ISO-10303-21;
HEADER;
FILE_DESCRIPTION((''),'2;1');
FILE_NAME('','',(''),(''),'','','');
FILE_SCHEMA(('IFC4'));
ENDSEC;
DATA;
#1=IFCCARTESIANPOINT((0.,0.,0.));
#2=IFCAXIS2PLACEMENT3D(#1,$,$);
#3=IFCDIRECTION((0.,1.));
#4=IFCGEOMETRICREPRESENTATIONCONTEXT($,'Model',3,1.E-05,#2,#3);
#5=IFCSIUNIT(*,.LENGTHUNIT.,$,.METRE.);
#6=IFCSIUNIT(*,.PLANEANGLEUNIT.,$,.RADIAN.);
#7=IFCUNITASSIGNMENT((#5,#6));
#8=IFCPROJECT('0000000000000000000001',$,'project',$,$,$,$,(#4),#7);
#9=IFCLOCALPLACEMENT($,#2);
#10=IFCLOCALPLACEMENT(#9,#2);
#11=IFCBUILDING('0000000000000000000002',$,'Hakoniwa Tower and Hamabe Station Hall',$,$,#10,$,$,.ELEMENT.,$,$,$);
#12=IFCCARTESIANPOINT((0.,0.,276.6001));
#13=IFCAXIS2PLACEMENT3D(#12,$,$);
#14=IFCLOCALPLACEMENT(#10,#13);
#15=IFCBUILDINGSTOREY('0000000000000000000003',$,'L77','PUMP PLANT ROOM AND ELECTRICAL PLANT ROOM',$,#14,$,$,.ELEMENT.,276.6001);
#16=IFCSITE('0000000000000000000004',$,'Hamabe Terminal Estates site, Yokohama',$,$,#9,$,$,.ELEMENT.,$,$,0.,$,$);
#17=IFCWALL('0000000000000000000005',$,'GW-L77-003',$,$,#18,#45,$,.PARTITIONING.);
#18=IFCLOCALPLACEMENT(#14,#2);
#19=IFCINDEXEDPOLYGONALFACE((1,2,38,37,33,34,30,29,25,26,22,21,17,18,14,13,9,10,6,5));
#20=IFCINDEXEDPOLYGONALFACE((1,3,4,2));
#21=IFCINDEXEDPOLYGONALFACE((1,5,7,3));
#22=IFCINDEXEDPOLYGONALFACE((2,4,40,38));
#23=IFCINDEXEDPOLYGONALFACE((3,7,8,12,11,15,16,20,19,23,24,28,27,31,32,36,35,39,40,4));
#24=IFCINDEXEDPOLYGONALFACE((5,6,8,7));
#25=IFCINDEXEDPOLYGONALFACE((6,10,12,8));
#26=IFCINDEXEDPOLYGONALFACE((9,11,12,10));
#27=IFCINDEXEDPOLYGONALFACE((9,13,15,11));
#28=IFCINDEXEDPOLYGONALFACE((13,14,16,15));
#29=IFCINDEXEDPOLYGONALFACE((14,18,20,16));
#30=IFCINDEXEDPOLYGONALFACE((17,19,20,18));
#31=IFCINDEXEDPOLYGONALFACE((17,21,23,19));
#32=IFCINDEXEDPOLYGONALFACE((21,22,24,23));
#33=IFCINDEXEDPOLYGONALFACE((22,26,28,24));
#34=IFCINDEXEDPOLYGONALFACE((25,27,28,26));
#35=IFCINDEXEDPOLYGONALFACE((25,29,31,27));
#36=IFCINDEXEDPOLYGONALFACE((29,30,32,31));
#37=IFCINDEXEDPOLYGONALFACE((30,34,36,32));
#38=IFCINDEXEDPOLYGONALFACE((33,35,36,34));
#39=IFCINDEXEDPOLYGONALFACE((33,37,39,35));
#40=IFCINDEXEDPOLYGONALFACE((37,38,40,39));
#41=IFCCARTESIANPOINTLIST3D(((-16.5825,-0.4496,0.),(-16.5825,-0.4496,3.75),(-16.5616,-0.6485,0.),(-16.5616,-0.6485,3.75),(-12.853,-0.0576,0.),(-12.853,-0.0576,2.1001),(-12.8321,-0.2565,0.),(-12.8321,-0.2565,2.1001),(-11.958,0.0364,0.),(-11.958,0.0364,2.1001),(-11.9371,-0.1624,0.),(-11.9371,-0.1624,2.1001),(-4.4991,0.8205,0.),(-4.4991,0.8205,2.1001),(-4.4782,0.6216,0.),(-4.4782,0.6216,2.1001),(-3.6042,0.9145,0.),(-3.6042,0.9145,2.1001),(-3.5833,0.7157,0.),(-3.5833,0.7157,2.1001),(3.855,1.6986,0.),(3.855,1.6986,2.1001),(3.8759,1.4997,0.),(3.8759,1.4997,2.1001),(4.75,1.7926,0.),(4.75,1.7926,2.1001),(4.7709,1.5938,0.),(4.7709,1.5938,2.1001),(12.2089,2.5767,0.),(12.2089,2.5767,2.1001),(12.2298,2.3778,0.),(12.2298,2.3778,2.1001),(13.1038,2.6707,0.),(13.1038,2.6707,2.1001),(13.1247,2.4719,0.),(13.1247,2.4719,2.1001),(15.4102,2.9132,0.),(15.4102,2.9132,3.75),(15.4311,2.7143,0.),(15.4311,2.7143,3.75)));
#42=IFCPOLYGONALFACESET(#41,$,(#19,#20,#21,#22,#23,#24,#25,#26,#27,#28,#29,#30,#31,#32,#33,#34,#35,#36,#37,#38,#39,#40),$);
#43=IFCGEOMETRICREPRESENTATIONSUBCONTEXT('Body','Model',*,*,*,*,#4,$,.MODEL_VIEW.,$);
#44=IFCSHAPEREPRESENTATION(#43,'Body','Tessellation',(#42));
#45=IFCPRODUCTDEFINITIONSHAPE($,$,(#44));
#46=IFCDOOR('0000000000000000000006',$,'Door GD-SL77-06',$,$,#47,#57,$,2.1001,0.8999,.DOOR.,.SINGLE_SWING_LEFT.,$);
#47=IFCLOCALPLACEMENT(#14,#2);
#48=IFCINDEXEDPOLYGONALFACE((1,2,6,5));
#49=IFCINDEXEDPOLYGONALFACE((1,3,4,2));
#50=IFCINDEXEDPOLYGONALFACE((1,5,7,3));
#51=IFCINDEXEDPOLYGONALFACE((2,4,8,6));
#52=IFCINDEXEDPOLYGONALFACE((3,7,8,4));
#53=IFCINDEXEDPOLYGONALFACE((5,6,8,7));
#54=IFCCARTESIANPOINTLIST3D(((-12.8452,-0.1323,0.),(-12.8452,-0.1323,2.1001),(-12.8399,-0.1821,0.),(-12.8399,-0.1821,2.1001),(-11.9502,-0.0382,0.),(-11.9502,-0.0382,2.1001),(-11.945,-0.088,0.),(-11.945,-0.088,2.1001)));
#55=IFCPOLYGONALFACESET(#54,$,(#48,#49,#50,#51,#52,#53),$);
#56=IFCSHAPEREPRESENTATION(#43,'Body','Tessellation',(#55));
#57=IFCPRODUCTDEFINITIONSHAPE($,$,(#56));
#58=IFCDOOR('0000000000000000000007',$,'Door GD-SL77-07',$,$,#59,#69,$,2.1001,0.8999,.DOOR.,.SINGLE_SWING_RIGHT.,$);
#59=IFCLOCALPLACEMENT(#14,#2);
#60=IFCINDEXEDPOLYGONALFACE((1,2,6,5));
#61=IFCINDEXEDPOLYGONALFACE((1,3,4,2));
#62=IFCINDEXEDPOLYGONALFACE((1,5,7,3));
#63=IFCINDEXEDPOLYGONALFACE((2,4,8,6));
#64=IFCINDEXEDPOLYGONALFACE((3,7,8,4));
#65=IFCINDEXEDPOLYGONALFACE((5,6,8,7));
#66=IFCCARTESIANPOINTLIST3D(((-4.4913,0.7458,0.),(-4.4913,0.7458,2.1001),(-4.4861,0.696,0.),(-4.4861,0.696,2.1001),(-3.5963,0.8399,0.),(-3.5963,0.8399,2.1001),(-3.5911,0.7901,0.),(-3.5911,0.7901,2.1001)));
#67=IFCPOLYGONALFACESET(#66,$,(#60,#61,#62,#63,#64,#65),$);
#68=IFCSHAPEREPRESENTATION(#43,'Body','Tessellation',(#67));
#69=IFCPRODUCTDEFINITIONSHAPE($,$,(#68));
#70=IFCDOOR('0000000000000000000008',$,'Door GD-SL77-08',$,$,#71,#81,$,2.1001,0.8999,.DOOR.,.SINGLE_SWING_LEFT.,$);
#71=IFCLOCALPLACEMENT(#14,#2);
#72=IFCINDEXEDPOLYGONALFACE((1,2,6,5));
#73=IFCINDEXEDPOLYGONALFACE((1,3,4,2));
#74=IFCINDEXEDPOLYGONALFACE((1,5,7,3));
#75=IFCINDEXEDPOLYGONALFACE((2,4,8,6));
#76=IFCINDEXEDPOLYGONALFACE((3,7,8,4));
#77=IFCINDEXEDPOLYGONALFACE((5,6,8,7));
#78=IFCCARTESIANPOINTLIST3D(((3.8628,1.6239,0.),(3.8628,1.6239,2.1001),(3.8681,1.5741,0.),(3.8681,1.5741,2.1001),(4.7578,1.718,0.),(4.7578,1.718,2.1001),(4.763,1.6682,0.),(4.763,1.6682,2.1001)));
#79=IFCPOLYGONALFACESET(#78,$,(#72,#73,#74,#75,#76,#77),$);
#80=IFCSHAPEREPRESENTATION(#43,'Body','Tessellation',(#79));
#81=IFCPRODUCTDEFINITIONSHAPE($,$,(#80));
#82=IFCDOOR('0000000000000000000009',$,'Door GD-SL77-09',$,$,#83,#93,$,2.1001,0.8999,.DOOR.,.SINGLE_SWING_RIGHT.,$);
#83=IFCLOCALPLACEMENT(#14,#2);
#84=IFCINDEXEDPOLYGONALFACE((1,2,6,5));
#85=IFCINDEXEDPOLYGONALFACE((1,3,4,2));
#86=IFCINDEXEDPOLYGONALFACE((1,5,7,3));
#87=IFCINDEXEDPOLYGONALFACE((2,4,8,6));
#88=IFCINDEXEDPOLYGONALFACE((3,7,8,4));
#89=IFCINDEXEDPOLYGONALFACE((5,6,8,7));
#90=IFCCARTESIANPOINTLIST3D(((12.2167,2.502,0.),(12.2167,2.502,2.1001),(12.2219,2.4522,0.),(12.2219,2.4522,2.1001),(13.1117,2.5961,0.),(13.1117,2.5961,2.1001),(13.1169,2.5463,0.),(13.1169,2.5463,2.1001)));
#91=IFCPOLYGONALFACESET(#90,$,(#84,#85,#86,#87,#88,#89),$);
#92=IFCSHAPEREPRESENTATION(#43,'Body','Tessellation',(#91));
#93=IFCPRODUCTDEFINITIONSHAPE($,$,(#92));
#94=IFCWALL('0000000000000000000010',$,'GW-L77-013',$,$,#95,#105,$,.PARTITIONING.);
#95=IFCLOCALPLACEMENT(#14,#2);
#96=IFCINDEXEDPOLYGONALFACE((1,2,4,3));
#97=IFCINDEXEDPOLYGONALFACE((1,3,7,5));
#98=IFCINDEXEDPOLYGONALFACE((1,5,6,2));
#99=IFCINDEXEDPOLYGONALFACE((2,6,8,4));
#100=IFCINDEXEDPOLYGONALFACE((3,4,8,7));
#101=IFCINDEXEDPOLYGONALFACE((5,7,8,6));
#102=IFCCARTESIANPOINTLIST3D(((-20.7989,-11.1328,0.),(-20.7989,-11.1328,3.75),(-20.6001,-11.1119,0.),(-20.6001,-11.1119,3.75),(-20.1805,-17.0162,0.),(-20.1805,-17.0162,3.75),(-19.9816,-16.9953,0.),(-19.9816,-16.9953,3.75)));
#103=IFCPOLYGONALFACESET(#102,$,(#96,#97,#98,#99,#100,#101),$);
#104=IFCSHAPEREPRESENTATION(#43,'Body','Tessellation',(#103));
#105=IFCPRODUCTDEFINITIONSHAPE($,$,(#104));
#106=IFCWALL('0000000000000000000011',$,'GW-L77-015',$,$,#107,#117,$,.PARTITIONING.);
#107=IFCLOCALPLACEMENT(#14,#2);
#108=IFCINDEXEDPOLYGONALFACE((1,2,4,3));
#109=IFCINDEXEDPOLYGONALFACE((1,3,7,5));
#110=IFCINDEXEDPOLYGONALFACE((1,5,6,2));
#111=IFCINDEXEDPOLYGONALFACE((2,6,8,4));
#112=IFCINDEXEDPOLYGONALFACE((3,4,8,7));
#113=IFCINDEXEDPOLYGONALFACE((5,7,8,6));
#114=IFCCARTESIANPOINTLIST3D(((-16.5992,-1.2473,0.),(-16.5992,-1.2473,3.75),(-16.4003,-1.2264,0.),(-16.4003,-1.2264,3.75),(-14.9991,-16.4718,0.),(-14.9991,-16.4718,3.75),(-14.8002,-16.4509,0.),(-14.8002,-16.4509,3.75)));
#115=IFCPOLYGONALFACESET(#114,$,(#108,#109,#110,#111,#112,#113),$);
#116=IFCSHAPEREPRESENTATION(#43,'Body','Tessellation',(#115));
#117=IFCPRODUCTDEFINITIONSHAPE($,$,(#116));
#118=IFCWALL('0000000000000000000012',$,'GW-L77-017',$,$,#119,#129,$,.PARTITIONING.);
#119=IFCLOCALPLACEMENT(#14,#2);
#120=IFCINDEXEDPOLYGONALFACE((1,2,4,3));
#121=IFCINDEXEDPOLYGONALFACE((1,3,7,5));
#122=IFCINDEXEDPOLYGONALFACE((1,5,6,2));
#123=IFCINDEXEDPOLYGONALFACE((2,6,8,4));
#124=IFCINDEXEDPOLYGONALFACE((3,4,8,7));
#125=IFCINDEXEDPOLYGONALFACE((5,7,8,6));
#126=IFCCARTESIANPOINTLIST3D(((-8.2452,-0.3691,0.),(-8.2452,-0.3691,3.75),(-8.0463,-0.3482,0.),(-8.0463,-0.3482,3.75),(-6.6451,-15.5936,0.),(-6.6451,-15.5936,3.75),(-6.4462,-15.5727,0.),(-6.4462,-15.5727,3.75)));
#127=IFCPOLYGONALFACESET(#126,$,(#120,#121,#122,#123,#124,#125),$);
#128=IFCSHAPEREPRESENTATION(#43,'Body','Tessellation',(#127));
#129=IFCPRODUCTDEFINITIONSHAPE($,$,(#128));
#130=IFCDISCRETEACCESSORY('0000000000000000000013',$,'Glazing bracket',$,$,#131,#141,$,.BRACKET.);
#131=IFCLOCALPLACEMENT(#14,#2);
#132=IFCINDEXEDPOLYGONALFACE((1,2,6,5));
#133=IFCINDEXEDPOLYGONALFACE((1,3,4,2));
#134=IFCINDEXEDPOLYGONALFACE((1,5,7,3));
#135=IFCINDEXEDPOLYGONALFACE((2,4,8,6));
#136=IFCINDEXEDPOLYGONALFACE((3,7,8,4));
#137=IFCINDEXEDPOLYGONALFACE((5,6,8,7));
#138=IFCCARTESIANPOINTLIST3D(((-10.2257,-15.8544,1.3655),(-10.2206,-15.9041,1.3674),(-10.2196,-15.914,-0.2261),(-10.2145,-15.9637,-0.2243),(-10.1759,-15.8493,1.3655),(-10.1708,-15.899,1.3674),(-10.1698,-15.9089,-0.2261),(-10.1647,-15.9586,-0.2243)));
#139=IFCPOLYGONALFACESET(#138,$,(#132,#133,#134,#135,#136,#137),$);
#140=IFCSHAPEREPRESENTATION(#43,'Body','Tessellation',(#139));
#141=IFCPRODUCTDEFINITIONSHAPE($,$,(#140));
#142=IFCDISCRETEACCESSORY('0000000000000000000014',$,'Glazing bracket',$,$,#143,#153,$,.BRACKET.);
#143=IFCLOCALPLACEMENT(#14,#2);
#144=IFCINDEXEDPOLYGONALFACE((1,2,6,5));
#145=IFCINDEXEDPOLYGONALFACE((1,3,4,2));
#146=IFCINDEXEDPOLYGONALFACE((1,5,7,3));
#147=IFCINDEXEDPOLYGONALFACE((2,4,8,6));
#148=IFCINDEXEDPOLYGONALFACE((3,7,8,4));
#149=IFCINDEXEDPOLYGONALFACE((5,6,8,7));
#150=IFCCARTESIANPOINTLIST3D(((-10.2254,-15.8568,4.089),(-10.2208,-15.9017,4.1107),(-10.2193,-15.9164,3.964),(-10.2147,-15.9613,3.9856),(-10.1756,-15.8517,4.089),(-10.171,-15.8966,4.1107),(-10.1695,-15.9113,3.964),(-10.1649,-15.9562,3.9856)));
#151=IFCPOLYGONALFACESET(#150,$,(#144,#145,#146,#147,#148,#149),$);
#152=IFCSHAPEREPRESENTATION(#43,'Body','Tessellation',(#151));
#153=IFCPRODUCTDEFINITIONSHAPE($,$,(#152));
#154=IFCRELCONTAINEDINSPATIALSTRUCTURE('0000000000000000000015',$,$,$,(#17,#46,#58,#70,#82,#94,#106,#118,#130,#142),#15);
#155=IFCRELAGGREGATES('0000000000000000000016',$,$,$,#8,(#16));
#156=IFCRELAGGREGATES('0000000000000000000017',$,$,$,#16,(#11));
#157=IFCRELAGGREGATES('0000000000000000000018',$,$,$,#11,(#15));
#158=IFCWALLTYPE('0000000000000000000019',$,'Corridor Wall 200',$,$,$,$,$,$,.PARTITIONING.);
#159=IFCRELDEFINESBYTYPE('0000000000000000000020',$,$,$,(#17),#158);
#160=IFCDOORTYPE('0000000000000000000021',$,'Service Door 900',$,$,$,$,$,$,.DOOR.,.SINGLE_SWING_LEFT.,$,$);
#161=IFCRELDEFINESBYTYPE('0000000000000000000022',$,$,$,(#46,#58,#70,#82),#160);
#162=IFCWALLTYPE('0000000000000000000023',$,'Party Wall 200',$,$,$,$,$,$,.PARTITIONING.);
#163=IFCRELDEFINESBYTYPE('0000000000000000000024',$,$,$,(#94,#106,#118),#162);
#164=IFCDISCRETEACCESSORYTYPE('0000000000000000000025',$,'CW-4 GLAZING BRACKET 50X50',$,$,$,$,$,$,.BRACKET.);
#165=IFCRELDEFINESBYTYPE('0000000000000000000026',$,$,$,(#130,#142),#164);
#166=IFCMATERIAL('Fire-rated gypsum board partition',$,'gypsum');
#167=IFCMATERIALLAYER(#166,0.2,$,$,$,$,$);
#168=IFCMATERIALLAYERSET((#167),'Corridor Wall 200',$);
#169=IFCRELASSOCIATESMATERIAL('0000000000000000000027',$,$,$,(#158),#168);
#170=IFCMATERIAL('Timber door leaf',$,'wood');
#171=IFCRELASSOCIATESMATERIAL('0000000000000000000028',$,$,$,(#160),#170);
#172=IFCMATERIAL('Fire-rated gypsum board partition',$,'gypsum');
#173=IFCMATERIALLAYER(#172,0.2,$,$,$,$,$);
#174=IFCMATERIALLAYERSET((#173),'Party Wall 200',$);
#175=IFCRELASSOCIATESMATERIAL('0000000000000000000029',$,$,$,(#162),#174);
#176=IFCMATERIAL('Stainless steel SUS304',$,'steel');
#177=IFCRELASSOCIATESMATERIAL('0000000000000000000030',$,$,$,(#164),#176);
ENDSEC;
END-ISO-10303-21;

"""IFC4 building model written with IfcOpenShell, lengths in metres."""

from ifc_helpers import new_model, si_unit, direction, frame, frame_2d, origin, origin_2d, place, context, subcontext, project, spatial, rectangle, extrude, material, layer, layer_set, material_profile, profile_set, type_object, element, fill, save


model = new_model("IFC4")

# Units and contexts
model_context = context("Model", 3, precision=1e-05, world=origin(), true_north=direction((0.0, 1.0)))
body_context = subcontext(model_context, "Body", "Model", "MODEL_VIEW")
ifc_project = project(units=[si_unit("LENGTHUNIT", "METRE"), si_unit("PLANEANGLEUNIT", "RADIAN")], contexts=[model_context])

# Site, building, storey
site_placement = place(None, origin())
site = spatial("IfcSite", under=ifc_project, at=site_placement, Name="Hamabe Terminal Estates site, Yokohama", CompositionType="ELEMENT", RefElevation=0.0)
building_placement = place(site_placement, origin())
building = spatial("IfcBuilding", under=site, at=building_placement, Name="Hakoniwa Tower and Hamabe Station Hall", CompositionType="ELEMENT")
storey_placement = place(building_placement, frame((0.0, 0.0, 276.6001)))
storey = spatial("IfcBuildingStorey", under=building, at=storey_placement, Name="L77", Description="PUMP PLANT ROOM AND ELECTRICAL PLANT ROOM", CompositionType="ELEMENT", Elevation=276.6001)

# Wall, openings, doors
ifc_material_1 = material(Name="Fire-rated gypsum board partition", Category="gypsum")
ifc_layer_1 = layer(ifc_material_1, 0.2)
ifc_layer_set_1 = layer_set([ifc_layer_1], Name="Corridor Wall 200")
wall_type_1 = type_object("IfcWallType", Name="Corridor Wall 200", PredefinedType="PARTITIONING", material=ifc_layer_set_1)
wall_1_placement = place(storey_placement, frame((-16.572, -0.5491, 0.0), z_axis=(0.0, 0.0, 1.0), x_axis=(0.994521, 0.104535, 0.0)))
wall_1 = element("IfcWall", 1, at=wall_1_placement, inside=storey, type_object=wall_type_1, Name="GW-L77-003", PredefinedType="PARTITIONING", context=body_context, shape_type="SweptSolid", body=[
    extrude(rectangle(XDim=32.1689, YDim=0.2, at=frame_2d((16.0845, 0.0))), origin(), (0.0, 0.0, 1.0), 3.75),
])
opening_1_placement = place(wall_1_placement, frame((3.75, 0.0, 0.0)))
opening_1 = element("IfcOpeningElement", 2, at=opening_1_placement, cuts=wall_1, PredefinedType="OPENING", context=body_context, shape_type="SweptSolid", body=[
    extrude(rectangle(XDim=0.8999, YDim=2.1001, at=frame_2d((0.45, 1.05))), frame((0.0, 0.1099, 0.0), z_axis=(0.0, -1.0, 0.0), x_axis=(1.0, 0.0, 0.0)), (0.0, 0.0, 1.0), 0.22),
])
opening_2_placement = place(wall_1_placement, frame((12.1499, 0.0, 0.0)))
opening_2 = element("IfcOpeningElement", 3, at=opening_2_placement, cuts=wall_1, PredefinedType="OPENING", context=body_context, shape_type="SweptSolid", body=[
    extrude(rectangle(XDim=0.8999, YDim=2.1001, at=frame_2d((0.45, 1.05))), frame((0.0, 0.1099, 0.0), z_axis=(0.0, -1.0, 0.0), x_axis=(1.0, 0.0, 0.0)), (0.0, 0.0, 1.0), 0.22),
])
opening_3_placement = place(wall_1_placement, frame((20.55, 0.0, 0.0)))
opening_3 = element("IfcOpeningElement", 4, at=opening_3_placement, cuts=wall_1, PredefinedType="OPENING", context=body_context, shape_type="SweptSolid", body=[
    extrude(rectangle(XDim=0.8999, YDim=2.1001, at=frame_2d((0.45, 1.05))), frame((0.0, 0.1099, 0.0), z_axis=(0.0, -1.0, 0.0), x_axis=(1.0, 0.0, 0.0)), (0.0, 0.0, 1.0), 0.22),
])
opening_4_placement = place(wall_1_placement, frame((28.95, 0.0, 0.0)))
opening_4 = element("IfcOpeningElement", 5, at=opening_4_placement, cuts=wall_1, PredefinedType="OPENING", context=body_context, shape_type="SweptSolid", body=[
    extrude(rectangle(XDim=0.8999, YDim=2.1001, at=frame_2d((0.45, 1.05))), frame((0.0, 0.1099, 0.0), z_axis=(0.0, -1.0, 0.0), x_axis=(1.0, 0.0, 0.0)), (0.0, 0.0, 1.0), 0.22),
])
ifc_material_2 = material(Name="Timber door leaf", Category="wood")
door_type_1 = type_object("IfcDoorType", Name="Service Door 900", OperationType="SINGLE_SWING_LEFT", PredefinedType="DOOR", material=ifc_material_2)
door_1_placement = place(opening_1_placement, origin())
door_1 = element("IfcDoor", 6, at=door_1_placement, inside=storey, type_object=door_type_1, Name="Door GD-SL77-06", OperationType="SINGLE_SWING_LEFT", OverallHeight=2.1001, OverallWidth=0.8999, PredefinedType="DOOR", context=body_context, shape_type="SweptSolid", body=[
    extrude(rectangle(XDim=0.8999, YDim=2.1001, at=frame_2d((0.45, 1.05))), frame((0.0, 0.0249, 0.0), z_axis=(0.0, -1.0, 0.0), x_axis=(1.0, 0.0, 0.0)), (0.0, 0.0, 1.0), 0.05),
])
fill(opening_1, door_1)
door_2_placement = place(opening_2_placement, origin())
door_2 = element("IfcDoor", 7, at=door_2_placement, inside=storey, type_object=door_type_1, Name="Door GD-SL77-07", OperationType="SINGLE_SWING_RIGHT", OverallHeight=2.1001, OverallWidth=0.8999, PredefinedType="DOOR", context=body_context, shape_type="SweptSolid", body=[
    extrude(rectangle(XDim=0.8999, YDim=2.1001, at=frame_2d((0.45, 1.05))), frame((0.0, 0.0249, 0.0), z_axis=(0.0, -1.0, 0.0), x_axis=(1.0, 0.0, 0.0)), (0.0, 0.0, 1.0), 0.05),
])
fill(opening_2, door_2)
door_3_placement = place(opening_3_placement, origin())
door_3 = element("IfcDoor", 8, at=door_3_placement, inside=storey, type_object=door_type_1, Name="Door GD-SL77-08", OperationType="SINGLE_SWING_LEFT", OverallHeight=2.1001, OverallWidth=0.8999, PredefinedType="DOOR", context=body_context, shape_type="SweptSolid", body=[
    extrude(rectangle(XDim=0.8999, YDim=2.1001, at=frame_2d((0.45, 1.05))), frame((0.0, 0.0249, 0.0), z_axis=(0.0, -1.0, 0.0), x_axis=(1.0, 0.0, 0.0)), (0.0, 0.0, 1.0), 0.05),
])
fill(opening_3, door_3)
door_4_placement = place(opening_4_placement, origin())
door_4 = element("IfcDoor", 9, at=door_4_placement, inside=storey, type_object=door_type_1, Name="Door GD-SL77-09", OperationType="SINGLE_SWING_RIGHT", OverallHeight=2.1001, OverallWidth=0.8999, PredefinedType="DOOR", context=body_context, shape_type="SweptSolid", body=[
    extrude(rectangle(XDim=0.8999, YDim=2.1001, at=frame_2d((0.45, 1.05))), frame((0.0, 0.0249, 0.0), z_axis=(0.0, -1.0, 0.0), x_axis=(1.0, 0.0, 0.0)), (0.0, 0.0, 1.0), 0.05),
])
fill(opening_4, door_4)

# Walls
ifc_material_3 = material(Name="Fire-rated gypsum board partition", Category="gypsum")
ifc_layer_2 = layer(ifc_material_3, 0.2)
ifc_layer_set_2 = layer_set([ifc_layer_2], Name="Party Wall 200")
wall_type_2 = type_object("IfcWallType", Name="Party Wall 200", PredefinedType="PARTITIONING", material=ifc_layer_set_2)
wall_2_placement = place(storey_placement, frame((-20.0811, -17.0059, 0.0), z_axis=(0.0, 0.0, 1.0), x_axis=(-0.104537, 0.994521, 0.0)))
element("IfcWall", 10, at=wall_2_placement, inside=storey, type_object=wall_type_2, Name="GW-L77-013", PredefinedType="PARTITIONING", context=body_context, shape_type="SweptSolid", body=[
    extrude(rectangle(XDim=5.9158, YDim=0.2, at=frame_2d((2.958, 0.0))), origin(), (0.0, 0.0, 1.0), 3.75),
])
for number, where, z_axis, x_axis, name in (
    (11, (-14.8997, -16.4614, 0.0), (0.0, 0.0, 1.0), (-0.104524, 0.994522, 0.0), "GW-L77-015"),
    (12, (-6.5457, -15.5833, 0.0), (0.0, 0.0, 1.0), (-0.104524, 0.994522, 0.0), "GW-L77-017"),
):
    element("IfcWall", number, at=place(storey_placement, frame(where, z_axis=z_axis, x_axis=x_axis)), inside=storey, type_object=wall_type_2, Name=name, PredefinedType="PARTITIONING", context=body_context, shape_type="SweptSolid", body=[
        extrude(rectangle(XDim=15.3083, YDim=0.2, at=frame_2d((7.6543, 0.0))), origin(), (0.0, 0.0, 1.0), 3.75),
    ])

# Discrete accessories
ifc_material_4 = material(Name="Stainless steel SUS304", Category="steel")
ifc_material_profile_1 = material_profile(ifc_material_4, rectangle(XDim=0.05, YDim=0.05, at=origin_2d()), Name="CW-4 GLAZING BRACKET 50X50")
ifc_profile_set_1 = profile_set([ifc_material_profile_1], Name="Stainless steel SUS304")
discrete_accessory_type = type_object("IfcDiscreteAccessoryType", Name="CW-4 GLAZING BRACKET 50X50", PredefinedType="BRACKET", material=ifc_profile_set_1)
discrete_accessory_1_placement = place(storey_placement, frame((-10.1982, -15.8767, 1.3665), z_axis=(0.003832, -0.037403, -0.999293), x_axis=(0.994792, 0.101925, 0.0)))
element("IfcDiscreteAccessory", 13, at=discrete_accessory_1_placement, inside=storey, type_object=discrete_accessory_type, Name="Glazing bracket", PredefinedType="BRACKET", context=body_context, shape_type="SweptSolid", body=[
    extrude(rectangle(XDim=0.05, YDim=0.05, at=origin_2d()), origin(), (0.0, 0.0, 1.0), 1.5928),
])
discrete_accessory_2_placement = place(storey_placement, frame((-10.1982, -15.8767, 4.0999), z_axis=(0.044036, -0.42979, -0.901854), x_axis=(0.994792, 0.101925, 0.0)))
element("IfcDiscreteAccessory", 14, at=discrete_accessory_2_placement, inside=storey, type_object=discrete_accessory_type, Name="Glazing bracket", PredefinedType="BRACKET", context=body_context, shape_type="SweptSolid", body=[
    extrude(rectangle(XDim=0.05, YDim=0.05, at=origin_2d()), origin(), (0.0, 0.0, 1.0), 0.1387),
])

save(model, "model.ifc")
